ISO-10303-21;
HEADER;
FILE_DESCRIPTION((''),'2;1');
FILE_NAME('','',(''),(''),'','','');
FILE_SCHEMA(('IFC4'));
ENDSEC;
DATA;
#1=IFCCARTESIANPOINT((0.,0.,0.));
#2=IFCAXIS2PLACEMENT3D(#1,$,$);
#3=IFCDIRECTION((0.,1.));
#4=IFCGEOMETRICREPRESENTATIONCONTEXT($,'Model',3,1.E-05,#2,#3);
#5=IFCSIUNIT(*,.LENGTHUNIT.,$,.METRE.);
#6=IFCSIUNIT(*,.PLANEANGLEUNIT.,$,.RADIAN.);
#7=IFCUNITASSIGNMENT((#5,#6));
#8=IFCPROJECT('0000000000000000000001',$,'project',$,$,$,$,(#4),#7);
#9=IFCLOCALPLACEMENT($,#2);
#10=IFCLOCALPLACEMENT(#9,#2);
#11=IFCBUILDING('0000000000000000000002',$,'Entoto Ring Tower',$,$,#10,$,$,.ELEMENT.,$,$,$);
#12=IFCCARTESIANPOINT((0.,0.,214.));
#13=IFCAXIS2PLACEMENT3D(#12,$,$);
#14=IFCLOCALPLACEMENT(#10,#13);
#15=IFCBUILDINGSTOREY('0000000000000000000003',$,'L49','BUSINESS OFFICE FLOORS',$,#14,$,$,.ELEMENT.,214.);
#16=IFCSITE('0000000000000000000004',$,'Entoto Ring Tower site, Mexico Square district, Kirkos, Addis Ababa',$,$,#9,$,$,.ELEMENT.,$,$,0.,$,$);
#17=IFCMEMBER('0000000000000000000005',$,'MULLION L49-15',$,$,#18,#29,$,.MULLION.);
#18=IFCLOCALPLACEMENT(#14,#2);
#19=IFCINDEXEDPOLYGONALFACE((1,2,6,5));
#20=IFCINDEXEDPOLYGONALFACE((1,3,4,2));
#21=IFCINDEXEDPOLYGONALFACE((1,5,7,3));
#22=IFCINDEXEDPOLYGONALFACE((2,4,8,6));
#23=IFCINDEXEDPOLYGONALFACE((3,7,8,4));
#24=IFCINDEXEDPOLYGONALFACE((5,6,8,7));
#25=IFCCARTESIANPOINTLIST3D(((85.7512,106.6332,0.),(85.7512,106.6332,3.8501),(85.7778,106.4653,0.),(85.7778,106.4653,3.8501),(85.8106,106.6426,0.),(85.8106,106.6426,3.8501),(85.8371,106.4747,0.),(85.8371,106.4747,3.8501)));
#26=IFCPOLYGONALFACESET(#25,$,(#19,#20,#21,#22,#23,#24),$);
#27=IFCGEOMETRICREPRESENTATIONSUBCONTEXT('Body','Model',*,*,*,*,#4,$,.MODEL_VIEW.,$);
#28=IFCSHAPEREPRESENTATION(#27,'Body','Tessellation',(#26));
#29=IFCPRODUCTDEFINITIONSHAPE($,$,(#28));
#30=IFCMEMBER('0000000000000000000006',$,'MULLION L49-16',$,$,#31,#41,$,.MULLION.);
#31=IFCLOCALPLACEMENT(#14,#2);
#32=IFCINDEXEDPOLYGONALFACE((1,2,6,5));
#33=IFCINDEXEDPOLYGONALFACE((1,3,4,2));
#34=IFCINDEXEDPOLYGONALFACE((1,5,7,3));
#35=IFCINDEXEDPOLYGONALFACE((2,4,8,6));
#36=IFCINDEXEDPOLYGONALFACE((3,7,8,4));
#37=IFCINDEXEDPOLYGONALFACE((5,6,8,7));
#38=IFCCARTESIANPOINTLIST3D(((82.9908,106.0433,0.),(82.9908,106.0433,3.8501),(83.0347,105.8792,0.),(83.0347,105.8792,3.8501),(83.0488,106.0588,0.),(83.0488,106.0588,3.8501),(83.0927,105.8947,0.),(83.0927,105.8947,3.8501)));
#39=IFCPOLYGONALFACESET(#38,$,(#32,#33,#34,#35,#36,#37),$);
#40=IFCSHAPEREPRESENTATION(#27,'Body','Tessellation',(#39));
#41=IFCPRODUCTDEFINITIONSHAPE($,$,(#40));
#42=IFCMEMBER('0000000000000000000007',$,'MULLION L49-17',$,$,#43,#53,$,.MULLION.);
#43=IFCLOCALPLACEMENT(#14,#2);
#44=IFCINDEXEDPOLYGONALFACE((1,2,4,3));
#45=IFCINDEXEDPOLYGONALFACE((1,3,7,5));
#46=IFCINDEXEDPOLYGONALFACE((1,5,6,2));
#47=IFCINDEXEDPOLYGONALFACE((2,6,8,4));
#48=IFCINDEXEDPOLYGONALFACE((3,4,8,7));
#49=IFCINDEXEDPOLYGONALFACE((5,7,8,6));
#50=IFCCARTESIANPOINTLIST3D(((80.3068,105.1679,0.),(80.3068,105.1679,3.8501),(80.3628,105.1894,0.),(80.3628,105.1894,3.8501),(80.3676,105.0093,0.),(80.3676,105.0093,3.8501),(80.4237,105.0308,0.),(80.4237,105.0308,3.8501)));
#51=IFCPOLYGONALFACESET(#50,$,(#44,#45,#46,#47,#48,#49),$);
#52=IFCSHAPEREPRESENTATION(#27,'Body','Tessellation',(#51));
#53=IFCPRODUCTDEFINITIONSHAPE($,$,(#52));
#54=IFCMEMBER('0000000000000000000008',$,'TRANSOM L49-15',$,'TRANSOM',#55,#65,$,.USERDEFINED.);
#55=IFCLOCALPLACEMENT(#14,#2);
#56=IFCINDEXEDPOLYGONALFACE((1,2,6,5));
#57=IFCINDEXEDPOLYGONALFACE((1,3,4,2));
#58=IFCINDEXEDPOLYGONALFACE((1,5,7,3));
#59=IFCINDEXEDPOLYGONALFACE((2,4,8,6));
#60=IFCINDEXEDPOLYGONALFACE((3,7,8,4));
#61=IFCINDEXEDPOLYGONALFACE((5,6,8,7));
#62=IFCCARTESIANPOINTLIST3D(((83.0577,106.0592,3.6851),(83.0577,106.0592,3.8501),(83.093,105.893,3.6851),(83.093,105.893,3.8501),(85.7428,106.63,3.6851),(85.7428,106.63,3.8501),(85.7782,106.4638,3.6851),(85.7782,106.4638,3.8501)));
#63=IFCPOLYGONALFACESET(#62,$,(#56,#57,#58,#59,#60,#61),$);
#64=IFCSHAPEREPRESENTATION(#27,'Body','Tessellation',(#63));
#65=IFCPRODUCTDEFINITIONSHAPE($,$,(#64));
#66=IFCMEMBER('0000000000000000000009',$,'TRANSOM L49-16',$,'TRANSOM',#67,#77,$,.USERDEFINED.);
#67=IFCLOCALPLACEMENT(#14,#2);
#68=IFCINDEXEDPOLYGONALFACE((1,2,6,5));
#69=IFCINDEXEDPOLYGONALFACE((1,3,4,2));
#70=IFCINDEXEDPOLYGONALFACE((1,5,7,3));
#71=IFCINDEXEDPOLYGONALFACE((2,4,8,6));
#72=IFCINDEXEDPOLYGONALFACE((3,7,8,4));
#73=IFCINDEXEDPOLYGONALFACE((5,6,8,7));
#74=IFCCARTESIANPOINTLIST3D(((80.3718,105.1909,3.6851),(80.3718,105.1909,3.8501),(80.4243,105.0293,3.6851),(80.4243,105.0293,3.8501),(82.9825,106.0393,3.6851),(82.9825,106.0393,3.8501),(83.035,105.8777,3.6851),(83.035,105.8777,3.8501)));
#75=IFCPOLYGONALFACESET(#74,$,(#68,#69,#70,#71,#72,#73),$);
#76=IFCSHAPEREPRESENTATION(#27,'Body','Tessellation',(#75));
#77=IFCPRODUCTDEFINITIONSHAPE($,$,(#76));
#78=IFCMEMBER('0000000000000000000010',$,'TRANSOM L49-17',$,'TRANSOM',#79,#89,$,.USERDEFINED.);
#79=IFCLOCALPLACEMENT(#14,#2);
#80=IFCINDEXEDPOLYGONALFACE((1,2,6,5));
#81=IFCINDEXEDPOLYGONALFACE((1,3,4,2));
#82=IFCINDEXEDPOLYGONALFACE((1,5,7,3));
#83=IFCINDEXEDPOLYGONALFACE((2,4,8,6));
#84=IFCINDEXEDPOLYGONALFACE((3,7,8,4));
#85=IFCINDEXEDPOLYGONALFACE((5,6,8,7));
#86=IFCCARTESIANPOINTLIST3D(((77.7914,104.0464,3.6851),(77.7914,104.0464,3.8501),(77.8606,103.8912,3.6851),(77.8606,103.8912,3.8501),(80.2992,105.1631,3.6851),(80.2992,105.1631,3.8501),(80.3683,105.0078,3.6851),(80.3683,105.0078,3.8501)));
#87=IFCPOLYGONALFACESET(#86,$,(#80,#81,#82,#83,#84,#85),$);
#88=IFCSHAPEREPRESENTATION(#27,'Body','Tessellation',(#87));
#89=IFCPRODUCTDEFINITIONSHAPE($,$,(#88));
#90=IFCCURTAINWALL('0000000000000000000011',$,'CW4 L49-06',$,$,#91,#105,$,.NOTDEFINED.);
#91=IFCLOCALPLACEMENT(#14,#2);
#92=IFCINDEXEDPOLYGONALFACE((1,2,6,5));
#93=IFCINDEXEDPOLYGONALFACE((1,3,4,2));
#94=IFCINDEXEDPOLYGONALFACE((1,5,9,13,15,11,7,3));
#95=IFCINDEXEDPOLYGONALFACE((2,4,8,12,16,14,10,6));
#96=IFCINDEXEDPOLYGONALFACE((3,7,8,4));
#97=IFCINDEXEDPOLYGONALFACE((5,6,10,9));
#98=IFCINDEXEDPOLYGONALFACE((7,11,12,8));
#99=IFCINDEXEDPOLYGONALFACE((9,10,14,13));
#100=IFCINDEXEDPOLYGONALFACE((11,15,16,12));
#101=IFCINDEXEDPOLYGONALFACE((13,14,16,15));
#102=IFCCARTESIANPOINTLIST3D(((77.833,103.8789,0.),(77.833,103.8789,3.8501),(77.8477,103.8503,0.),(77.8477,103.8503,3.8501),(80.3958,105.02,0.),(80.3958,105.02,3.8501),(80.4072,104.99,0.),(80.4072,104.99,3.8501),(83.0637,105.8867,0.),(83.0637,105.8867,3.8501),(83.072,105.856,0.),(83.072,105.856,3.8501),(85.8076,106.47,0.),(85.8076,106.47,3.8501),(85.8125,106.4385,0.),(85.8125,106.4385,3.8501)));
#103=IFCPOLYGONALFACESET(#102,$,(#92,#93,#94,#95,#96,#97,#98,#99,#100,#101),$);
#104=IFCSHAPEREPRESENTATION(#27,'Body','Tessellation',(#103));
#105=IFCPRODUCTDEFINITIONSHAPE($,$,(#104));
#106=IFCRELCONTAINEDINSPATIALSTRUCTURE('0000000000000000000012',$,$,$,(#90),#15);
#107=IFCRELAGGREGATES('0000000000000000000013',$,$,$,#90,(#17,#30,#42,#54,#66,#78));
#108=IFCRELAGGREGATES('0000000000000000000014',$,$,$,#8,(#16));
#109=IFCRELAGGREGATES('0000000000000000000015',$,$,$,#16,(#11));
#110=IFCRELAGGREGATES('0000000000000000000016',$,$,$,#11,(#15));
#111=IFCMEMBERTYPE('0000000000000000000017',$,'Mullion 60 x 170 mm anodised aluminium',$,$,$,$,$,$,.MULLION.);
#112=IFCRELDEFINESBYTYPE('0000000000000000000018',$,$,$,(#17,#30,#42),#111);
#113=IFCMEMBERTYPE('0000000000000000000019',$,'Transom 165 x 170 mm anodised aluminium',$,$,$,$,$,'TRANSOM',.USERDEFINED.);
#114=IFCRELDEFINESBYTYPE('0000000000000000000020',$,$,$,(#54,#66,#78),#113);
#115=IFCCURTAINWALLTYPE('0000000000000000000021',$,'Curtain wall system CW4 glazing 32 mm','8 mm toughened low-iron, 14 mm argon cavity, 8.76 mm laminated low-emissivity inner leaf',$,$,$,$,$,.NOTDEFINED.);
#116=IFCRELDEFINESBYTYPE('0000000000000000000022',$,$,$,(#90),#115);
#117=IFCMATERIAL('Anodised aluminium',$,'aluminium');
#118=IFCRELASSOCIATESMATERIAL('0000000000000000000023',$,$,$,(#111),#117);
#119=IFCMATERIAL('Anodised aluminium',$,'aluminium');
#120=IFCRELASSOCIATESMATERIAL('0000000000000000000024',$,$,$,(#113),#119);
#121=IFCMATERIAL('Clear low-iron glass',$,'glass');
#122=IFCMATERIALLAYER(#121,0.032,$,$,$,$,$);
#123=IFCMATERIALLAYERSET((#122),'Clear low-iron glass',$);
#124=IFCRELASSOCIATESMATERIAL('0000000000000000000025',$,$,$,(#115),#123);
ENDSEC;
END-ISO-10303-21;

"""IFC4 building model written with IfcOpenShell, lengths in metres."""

from ifc_helpers import new_model, si_unit, direction, frame, origin, origin_2d, place, context, subcontext, project, spatial, polyline, rectangle, outline, extrude, material, layer, layer_set, material_profile, profile_set, type_object, element, aggregate, save


model = new_model("IFC4")

# Units and contexts
model_context = context("Model", 3, precision=1e-05, world=origin(), true_north=direction((0.0, 1.0)))
body_context = subcontext(model_context, "Body", "Model", "MODEL_VIEW")
ifc_project = project(units=[si_unit("LENGTHUNIT", "METRE"), si_unit("PLANEANGLEUNIT", "RADIAN")], contexts=[model_context])

# Members
ifc_material_1 = material(Name="Anodised aluminium", Category="aluminium")
ifc_material_profile_1 = material_profile(ifc_material_1, rectangle(XDim=0.0601, YDim=0.1699, at=origin_2d()), Name="Mullion 60 x 170 mm anodised aluminium")
ifc_profile_set_1 = profile_set([ifc_material_profile_1], Name="Anodised aluminium")
member_type_1 = type_object("IfcMemberType", Name="Mullion 60 x 170 mm anodised aluminium", PredefinedType="MULLION", material=ifc_profile_set_1)
site_placement = place(None, origin())
building_placement = place(site_placement, origin())
storey_placement = place(building_placement, frame((0.0, 0.0, 214.0)))
member_1_placement = place(storey_placement, frame((85.7942, 106.554, 0.0), z_axis=(0.0, 0.0, 1.0), x_axis=(-0.987688, -0.156434, 0.0)))
member_1 = element("IfcMember", 1, at=member_1_placement, type_object=member_type_1, Name="MULLION L49-15", PredefinedType="MULLION", context=body_context, shape_type="SweptSolid", body=[
    extrude(rectangle(XDim=0.0601, YDim=0.1699, at=origin_2d()), origin(), (0.0, 0.0, 1.0), 3.8501),
])
member_2_placement = place(storey_placement, frame((83.0417, 105.969, 0.0), z_axis=(0.0, 0.0, 1.0), x_axis=(-0.965926, -0.258819, 0.0)))
member_2 = element("IfcMember", 2, at=member_2_placement, type_object=member_type_1, Name="MULLION L49-16", PredefinedType="MULLION", context=body_context, shape_type="SweptSolid", body=[
    extrude(rectangle(XDim=0.0601, YDim=0.1699, at=origin_2d()), origin(), (0.0, 0.0, 1.0), 3.8501),
])
member_3_placement = place(storey_placement, frame((80.3652, 105.0994, 0.0), z_axis=(0.0, 0.0, 1.0), x_axis=(-0.93358, -0.358368, 0.0)))
member_3 = element("IfcMember", 3, at=member_3_placement, type_object=member_type_1, Name="MULLION L49-17", PredefinedType="MULLION", context=body_context, shape_type="SweptSolid", body=[
    extrude(rectangle(XDim=0.0601, YDim=0.1699, at=origin_2d()), origin(), (0.0, 0.0, 1.0), 3.8501),
])
ifc_material_2 = material(Name="Anodised aluminium", Category="aluminium")
ifc_material_profile_2 = material_profile(ifc_material_2, rectangle(XDim=0.1699, YDim=0.165, at=origin_2d()), Name="Transom 165 x 170 mm anodised aluminium")
ifc_profile_set_2 = profile_set([ifc_material_profile_2], Name="Anodised aluminium")
member_type_2 = type_object("IfcMemberType", Name="Transom 165 x 170 mm anodised aluminium", ElementType="TRANSOM", PredefinedType="USERDEFINED", material=ifc_profile_set_2)
member_4_placement = place(storey_placement, frame((85.7605, 106.5469, 3.7676), z_axis=(-0.978142, -0.207937, 0.0), x_axis=(0.207937, -0.978142, 0.0)))
member_4 = element("IfcMember", 4, at=member_4_placement, type_object=member_type_2, Name="TRANSOM L49-15", ObjectType="TRANSOM", PredefinedType="USERDEFINED", context=body_context, shape_type="SweptSolid", body=[
    extrude(rectangle(XDim=0.1699, YDim=0.165, at=origin_2d()), origin(), (0.0, 0.0, 1.0), 2.7451),
])
member_5_placement = place(storey_placement, frame((83.0088, 105.9585, 3.7676), z_axis=(-0.951048, -0.309042, 0.0), x_axis=(0.309042, -0.951048, 0.0)))
member_5 = element("IfcMember", 5, at=member_5_placement, type_object=member_type_2, Name="TRANSOM L49-16", ObjectType="TRANSOM", PredefinedType="USERDEFINED", context=body_context, shape_type="SweptSolid", body=[
    extrude(rectangle(XDim=0.1699, YDim=0.165, at=origin_2d()), origin(), (0.0, 0.0, 1.0), 2.7451),
])
member_6_placement = place(storey_placement, frame((80.3337, 105.0854, 3.7676), z_axis=(-0.913525, -0.406782, 0.0), x_axis=(0.406782, -0.913525, 0.0)))
member_6 = element("IfcMember", 6, at=member_6_placement, type_object=member_type_2, Name="TRANSOM L49-17", ObjectType="TRANSOM", PredefinedType="USERDEFINED", context=body_context, shape_type="SweptSolid", body=[
    extrude(rectangle(XDim=0.1699, YDim=0.165, at=origin_2d()), origin(), (0.0, 0.0, 1.0), 2.7451),
])

# Site, building, storey
site = spatial("IfcSite", under=ifc_project, at=site_placement, Name="Entoto Ring Tower site, Mexico Square district, Kirkos, Addis Ababa", CompositionType="ELEMENT", RefElevation=0.0)
building = spatial("IfcBuilding", under=site, at=building_placement, Name="Entoto Ring Tower", CompositionType="ELEMENT")
storey = spatial("IfcBuildingStorey", under=building, at=storey_placement, Name="L49", Description="BUSINESS OFFICE FLOORS", CompositionType="ELEMENT", Elevation=214.0)

# Curtain wall
ifc_material_3 = material(Name="Clear low-iron glass", Category="glass")
ifc_layer = layer(ifc_material_3, 0.032)
ifc_layer_set = layer_set([ifc_layer], Name="Clear low-iron glass")
curtain_wall_type = type_object("IfcCurtainWallType", Name="Curtain wall system CW4 glazing 32 mm", Description="8 mm toughened low-iron, 14 mm argon cavity, 8.76 mm laminated low-emissivity inner leaf", PredefinedType="NOTDEFINED", material=ifc_layer_set)
curtain_wall_1_placement = place(storey_placement, origin())
curtain_wall_1 = element("IfcCurtainWall", 7, at=curtain_wall_1_placement, inside=storey, type_object=curtain_wall_type, Name="CW4 L49-06", PredefinedType="NOTDEFINED", context=body_context, shape_type="SweptSolid", body=[
    extrude(outline(polyline([(85.8076, 106.47), (83.0637, 105.8867), (80.3958, 105.02), (77.833, 103.8789), (77.8477, 103.8503), (80.4072, 104.99), (83.072, 105.856), (85.8125, 106.4385), (85.8076, 106.47)])), origin(), (0.0, 0.0, 1.0), 3.8501),
])
aggregate(curtain_wall_1, [member_1, member_2, member_3, member_4, member_5, member_6])

save(model, "model.ifc")
